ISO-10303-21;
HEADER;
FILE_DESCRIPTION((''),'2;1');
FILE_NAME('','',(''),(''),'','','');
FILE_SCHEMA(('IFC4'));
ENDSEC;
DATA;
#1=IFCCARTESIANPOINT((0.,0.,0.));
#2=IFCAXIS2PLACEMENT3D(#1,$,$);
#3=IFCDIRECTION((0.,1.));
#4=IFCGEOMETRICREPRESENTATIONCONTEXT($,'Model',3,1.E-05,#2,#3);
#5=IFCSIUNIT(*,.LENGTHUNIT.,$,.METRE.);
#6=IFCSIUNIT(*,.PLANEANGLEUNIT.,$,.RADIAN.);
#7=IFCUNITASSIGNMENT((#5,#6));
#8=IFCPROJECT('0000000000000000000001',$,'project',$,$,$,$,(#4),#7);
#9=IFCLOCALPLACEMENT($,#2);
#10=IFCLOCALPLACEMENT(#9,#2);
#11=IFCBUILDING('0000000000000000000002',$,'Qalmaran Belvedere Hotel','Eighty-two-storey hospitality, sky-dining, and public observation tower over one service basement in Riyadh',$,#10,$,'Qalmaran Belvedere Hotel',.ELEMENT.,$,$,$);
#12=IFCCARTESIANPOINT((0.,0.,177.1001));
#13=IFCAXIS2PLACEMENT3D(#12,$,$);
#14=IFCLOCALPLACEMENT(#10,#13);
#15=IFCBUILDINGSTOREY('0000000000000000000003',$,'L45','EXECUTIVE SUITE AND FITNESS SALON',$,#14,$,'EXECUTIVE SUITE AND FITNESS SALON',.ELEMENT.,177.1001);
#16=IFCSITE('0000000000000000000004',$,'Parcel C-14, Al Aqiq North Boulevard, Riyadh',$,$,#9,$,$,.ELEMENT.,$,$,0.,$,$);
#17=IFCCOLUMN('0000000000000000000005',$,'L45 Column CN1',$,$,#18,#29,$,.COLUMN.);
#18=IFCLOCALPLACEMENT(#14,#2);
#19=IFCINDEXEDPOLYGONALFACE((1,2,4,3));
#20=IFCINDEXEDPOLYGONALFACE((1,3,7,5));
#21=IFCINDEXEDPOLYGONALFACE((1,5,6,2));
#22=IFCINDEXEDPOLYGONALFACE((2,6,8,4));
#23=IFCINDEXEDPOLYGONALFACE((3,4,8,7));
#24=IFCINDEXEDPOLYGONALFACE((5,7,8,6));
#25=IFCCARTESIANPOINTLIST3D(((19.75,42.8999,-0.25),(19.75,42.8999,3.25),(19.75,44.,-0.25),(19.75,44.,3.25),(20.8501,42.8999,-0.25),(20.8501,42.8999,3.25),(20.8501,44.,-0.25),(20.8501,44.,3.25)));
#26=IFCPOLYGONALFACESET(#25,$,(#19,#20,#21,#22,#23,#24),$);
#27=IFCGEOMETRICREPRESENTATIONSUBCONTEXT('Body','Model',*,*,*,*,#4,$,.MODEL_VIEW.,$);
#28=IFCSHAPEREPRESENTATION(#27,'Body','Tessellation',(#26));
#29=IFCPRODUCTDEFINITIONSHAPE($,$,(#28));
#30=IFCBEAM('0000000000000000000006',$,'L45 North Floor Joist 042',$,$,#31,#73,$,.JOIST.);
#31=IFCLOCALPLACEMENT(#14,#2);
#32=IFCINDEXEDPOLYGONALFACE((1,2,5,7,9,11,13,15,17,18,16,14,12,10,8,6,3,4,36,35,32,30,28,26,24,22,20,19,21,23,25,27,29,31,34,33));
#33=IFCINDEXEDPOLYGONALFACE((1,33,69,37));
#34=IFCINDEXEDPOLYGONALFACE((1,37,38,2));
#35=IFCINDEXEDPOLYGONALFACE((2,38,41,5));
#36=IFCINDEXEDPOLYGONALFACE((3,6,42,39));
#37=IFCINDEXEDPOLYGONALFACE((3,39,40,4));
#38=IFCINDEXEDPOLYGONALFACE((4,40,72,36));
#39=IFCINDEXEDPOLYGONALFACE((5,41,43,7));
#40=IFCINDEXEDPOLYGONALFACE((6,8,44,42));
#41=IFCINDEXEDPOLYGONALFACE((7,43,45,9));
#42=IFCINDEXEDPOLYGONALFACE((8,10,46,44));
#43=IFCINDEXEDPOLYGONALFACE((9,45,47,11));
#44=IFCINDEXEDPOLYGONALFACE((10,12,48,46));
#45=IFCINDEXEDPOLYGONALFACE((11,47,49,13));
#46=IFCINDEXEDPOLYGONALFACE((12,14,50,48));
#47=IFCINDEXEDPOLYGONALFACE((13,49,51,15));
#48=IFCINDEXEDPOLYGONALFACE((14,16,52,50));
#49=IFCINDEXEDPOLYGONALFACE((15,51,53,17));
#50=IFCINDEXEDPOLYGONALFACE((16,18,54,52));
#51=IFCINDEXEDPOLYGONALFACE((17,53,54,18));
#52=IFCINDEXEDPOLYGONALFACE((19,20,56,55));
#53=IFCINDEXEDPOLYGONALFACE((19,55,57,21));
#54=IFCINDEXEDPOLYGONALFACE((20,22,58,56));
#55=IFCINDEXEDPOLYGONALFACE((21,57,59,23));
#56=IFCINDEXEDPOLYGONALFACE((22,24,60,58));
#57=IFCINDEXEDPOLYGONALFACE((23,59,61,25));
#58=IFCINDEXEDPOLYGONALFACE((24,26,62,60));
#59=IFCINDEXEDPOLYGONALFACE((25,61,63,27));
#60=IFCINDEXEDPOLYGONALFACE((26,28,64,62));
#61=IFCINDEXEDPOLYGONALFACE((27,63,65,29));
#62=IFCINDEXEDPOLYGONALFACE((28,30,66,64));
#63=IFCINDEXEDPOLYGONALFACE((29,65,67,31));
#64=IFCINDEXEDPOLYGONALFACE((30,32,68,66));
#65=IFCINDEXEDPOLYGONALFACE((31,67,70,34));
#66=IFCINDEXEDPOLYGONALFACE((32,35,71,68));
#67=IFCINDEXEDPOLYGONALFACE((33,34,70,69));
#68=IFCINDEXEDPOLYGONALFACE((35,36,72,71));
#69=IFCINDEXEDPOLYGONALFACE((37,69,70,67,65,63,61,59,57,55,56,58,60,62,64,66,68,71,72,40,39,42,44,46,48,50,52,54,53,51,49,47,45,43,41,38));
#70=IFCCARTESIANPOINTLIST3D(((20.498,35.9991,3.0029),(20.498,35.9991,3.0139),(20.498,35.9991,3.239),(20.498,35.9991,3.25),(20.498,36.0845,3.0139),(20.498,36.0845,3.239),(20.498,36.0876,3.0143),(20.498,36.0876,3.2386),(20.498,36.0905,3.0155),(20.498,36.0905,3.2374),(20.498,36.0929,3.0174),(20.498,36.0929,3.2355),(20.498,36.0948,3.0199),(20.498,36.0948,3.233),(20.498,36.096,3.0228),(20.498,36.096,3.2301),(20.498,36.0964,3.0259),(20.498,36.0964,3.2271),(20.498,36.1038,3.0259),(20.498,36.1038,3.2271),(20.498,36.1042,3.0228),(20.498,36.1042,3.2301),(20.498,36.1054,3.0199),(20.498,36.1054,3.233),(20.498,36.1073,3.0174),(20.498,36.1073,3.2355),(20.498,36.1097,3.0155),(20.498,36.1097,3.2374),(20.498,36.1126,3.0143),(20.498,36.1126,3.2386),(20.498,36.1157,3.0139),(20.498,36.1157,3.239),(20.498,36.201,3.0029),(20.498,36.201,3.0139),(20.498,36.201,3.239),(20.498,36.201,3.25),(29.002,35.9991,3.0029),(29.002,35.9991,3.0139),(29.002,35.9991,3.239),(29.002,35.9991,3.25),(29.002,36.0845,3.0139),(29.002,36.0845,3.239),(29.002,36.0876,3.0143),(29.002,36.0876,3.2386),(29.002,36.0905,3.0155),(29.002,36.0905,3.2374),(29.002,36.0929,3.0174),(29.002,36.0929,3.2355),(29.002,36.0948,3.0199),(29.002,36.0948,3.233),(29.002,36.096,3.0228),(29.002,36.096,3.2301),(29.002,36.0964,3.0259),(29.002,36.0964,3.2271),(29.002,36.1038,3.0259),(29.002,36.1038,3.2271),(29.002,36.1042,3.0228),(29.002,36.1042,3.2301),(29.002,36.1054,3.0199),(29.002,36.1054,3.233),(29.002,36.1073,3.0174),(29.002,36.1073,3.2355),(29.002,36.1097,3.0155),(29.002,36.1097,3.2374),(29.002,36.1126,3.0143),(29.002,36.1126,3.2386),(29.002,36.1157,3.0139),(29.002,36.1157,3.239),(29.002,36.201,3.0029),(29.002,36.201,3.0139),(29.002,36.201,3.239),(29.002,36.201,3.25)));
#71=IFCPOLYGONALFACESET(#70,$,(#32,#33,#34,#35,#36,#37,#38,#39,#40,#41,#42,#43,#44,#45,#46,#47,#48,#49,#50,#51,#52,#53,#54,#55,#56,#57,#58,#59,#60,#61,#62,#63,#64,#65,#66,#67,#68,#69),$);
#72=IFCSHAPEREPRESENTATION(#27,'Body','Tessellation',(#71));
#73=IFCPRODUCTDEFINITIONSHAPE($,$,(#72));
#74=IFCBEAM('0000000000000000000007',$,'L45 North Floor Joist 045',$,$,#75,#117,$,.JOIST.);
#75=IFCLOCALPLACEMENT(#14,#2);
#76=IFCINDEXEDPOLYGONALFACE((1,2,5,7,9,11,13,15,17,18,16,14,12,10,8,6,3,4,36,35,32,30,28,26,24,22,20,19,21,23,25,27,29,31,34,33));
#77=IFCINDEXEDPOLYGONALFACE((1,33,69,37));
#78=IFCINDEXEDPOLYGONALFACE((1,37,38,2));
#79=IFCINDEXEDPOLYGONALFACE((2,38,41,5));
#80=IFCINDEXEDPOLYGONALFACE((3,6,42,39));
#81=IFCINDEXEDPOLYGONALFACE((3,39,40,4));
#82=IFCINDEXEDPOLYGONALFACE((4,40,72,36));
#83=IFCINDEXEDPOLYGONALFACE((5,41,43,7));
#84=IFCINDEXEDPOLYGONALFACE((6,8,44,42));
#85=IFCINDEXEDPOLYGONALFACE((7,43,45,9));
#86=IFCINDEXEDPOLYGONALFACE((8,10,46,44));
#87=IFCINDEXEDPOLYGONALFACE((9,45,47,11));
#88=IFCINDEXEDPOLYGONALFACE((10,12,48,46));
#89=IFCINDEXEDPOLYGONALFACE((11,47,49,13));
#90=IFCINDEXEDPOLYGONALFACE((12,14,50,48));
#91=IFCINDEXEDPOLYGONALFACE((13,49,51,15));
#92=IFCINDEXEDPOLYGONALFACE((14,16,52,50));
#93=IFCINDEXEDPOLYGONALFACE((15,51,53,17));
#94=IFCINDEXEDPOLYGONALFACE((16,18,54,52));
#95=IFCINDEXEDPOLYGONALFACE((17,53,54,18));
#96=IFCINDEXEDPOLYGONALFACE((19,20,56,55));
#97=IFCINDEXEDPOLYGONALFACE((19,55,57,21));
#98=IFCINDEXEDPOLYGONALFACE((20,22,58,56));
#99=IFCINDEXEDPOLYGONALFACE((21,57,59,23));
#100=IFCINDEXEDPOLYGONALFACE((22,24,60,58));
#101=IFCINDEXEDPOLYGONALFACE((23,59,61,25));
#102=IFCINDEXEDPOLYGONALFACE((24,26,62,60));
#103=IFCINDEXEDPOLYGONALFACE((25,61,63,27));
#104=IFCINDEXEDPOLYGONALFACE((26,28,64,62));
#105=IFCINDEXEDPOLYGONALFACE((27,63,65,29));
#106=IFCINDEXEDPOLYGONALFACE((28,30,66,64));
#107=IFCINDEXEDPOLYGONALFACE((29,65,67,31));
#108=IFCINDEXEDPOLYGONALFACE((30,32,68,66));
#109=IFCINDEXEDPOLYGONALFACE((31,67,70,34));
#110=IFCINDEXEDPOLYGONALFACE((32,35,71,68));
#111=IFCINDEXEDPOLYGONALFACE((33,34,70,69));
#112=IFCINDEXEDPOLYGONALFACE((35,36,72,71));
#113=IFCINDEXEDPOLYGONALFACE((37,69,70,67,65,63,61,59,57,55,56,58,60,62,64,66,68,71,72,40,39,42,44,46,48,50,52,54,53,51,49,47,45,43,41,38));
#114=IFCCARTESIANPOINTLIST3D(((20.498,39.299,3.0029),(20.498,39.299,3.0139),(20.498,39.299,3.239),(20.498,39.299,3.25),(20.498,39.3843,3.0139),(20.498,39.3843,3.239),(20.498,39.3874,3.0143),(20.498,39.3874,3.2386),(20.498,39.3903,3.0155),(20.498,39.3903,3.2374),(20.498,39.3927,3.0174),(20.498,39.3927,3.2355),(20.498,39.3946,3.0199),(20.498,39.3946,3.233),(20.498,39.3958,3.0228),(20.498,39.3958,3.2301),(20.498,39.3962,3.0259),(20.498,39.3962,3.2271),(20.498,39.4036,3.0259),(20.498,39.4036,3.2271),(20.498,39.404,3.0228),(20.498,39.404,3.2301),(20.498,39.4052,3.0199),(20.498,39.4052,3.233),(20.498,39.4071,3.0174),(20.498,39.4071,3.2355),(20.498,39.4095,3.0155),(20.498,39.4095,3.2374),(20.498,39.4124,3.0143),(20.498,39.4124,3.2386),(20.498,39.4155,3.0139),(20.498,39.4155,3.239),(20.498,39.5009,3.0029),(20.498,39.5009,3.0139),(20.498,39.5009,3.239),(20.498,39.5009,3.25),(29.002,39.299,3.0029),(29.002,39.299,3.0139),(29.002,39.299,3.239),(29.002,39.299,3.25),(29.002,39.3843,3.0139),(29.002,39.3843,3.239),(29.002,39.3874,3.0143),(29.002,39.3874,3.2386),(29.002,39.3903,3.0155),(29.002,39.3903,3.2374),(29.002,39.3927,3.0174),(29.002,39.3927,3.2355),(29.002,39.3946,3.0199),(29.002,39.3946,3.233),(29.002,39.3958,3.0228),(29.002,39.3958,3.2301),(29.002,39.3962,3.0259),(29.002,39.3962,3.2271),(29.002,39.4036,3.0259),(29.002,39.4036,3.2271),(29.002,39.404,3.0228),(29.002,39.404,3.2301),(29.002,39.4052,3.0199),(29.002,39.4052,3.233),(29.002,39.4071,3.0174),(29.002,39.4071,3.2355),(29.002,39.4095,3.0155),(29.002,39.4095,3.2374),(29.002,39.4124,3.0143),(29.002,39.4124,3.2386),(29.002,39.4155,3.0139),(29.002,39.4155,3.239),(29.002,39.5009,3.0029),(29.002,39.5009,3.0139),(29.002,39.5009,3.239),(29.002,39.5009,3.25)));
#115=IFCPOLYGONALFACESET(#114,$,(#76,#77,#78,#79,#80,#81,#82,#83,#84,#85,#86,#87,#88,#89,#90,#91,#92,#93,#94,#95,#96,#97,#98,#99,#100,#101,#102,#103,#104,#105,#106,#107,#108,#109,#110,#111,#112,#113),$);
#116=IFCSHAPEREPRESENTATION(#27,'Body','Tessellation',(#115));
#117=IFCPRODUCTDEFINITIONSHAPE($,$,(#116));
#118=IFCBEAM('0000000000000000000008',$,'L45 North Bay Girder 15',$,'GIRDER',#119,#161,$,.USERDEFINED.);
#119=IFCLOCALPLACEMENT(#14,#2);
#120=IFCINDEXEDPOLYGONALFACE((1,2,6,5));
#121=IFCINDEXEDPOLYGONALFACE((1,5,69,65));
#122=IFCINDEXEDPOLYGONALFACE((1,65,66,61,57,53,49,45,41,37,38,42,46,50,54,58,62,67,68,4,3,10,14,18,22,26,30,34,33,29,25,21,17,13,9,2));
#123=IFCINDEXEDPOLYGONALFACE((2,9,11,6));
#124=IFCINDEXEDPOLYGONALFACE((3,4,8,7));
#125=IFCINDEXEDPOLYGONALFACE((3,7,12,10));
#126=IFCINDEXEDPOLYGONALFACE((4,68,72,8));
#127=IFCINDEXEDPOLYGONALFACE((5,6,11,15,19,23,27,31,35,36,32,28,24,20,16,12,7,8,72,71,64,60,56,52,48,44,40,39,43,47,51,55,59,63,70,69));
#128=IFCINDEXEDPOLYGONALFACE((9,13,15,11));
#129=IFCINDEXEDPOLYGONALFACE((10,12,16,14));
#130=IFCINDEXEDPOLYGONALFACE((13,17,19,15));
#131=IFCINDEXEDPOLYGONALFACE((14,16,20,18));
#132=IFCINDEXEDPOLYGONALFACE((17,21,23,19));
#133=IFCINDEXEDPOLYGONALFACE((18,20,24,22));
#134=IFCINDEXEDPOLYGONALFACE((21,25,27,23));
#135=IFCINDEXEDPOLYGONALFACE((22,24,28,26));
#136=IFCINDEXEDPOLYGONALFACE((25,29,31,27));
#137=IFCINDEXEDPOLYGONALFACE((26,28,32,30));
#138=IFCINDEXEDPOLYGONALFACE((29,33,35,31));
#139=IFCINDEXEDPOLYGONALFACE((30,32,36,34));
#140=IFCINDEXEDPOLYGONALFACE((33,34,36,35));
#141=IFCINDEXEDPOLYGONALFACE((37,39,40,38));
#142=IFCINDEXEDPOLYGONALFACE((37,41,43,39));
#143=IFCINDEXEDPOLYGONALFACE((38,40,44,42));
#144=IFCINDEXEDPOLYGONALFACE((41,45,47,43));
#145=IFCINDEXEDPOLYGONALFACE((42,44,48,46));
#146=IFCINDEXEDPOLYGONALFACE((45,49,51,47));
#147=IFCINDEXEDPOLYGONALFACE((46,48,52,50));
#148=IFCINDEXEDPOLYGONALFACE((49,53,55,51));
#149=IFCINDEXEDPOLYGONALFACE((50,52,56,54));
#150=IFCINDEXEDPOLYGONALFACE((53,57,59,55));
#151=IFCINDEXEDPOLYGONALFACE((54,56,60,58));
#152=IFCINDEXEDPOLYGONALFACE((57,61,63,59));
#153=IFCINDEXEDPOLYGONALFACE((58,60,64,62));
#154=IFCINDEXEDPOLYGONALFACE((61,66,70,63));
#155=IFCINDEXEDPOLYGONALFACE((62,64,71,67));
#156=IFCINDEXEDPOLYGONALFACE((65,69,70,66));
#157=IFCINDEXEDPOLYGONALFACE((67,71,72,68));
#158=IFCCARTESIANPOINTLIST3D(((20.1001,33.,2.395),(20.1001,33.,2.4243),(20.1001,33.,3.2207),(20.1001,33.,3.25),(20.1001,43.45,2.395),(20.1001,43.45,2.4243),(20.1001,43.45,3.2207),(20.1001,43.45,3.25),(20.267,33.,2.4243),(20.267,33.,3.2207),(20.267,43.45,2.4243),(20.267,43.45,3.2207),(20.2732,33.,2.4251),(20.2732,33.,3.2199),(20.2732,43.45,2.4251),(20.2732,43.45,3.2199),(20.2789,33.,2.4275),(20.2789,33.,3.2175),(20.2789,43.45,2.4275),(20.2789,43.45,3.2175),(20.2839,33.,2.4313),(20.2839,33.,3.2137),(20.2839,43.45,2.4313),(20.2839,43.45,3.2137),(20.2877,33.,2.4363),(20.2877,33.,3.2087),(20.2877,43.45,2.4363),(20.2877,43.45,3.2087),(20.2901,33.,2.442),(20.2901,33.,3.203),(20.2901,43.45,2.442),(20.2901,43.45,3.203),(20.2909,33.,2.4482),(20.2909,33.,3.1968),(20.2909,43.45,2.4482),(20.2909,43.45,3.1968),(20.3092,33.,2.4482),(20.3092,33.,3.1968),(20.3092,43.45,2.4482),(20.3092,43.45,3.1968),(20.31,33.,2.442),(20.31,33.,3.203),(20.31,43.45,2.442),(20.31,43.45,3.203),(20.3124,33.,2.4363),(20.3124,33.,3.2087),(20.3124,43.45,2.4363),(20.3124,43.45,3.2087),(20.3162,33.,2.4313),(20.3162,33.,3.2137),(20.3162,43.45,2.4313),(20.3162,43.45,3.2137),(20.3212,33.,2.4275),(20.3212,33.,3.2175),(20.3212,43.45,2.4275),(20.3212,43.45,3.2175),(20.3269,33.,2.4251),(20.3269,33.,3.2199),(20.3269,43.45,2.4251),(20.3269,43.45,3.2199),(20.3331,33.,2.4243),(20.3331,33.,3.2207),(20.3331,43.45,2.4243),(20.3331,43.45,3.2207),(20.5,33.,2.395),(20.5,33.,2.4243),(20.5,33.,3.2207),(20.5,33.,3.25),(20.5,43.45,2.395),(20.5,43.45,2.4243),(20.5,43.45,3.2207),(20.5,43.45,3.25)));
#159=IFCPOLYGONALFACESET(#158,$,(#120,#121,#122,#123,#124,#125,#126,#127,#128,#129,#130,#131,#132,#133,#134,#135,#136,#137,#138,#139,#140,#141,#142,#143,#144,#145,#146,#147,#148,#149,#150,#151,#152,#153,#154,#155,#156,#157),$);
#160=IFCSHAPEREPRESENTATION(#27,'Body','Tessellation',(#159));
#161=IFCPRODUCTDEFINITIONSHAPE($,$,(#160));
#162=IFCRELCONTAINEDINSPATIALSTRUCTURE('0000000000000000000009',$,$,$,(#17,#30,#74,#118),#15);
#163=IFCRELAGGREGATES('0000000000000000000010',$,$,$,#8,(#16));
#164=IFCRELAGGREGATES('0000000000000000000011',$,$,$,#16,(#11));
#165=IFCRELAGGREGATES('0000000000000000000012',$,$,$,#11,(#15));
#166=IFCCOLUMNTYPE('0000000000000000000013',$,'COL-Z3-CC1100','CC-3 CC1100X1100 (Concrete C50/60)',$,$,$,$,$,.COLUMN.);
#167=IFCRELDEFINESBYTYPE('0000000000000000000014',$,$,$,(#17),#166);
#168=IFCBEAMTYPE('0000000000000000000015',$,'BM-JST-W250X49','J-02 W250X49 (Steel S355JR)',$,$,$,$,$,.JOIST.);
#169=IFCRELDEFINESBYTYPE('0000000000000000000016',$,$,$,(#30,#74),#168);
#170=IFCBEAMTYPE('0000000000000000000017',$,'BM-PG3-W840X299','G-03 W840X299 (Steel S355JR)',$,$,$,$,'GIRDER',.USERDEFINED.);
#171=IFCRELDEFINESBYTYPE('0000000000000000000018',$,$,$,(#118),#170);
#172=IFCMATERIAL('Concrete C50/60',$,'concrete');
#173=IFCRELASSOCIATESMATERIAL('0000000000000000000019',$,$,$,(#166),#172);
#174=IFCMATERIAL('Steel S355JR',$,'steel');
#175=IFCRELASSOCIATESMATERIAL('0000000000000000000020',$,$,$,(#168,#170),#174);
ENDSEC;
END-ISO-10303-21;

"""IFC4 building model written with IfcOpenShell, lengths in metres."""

from ifc_helpers import new_model, si_unit, direction, frame, origin, origin_2d, place, context, subcontext, project, spatial, rectangle, i_section, extrude, material, material_profile, profile_set, type_object, element, save


model = new_model("IFC4")

# Units and contexts
model_context = context("Model", 3, precision=1e-05, world=origin(), true_north=direction((0.0, 1.0)))
body_context = subcontext(model_context, "Body", "Model", "MODEL_VIEW")
ifc_project = project(units=[si_unit("LENGTHUNIT", "METRE"), si_unit("PLANEANGLEUNIT", "RADIAN")], contexts=[model_context])

# Site, building, storey
site_placement = place(None, origin())
site = spatial("IfcSite", under=ifc_project, at=site_placement, Name="Parcel C-14, Al Aqiq North Boulevard, Riyadh", CompositionType="ELEMENT", RefElevation=0.0)
building_placement = place(site_placement, origin())
building = spatial("IfcBuilding", under=site, at=building_placement, Name="Qalmaran Belvedere Hotel", Description="Eighty-two-storey hospitality, sky-dining, and public observation tower over one service basement in Riyadh", LongName="Qalmaran Belvedere Hotel", CompositionType="ELEMENT")
storey_placement = place(building_placement, frame((0.0, 0.0, 177.1001)))
storey = spatial("IfcBuildingStorey", under=building, at=storey_placement, Name="L45", Description="EXECUTIVE SUITE AND FITNESS SALON", LongName="EXECUTIVE SUITE AND FITNESS SALON", CompositionType="ELEMENT", Elevation=177.1001)

# Column
ifc_material_1 = material(Name="Concrete C50/60", Category="concrete")
ifc_material_profile_1 = material_profile(ifc_material_1, rectangle(XDim=1.1001, YDim=1.1001, at=origin_2d()), Name="CC1100X1100")
ifc_profile_set_1 = profile_set([ifc_material_profile_1], Name="Concrete C50/60")
column_type = type_object("IfcColumnType", Name="COL-Z3-CC1100", Description="CC-3 CC1100X1100 (Concrete C50/60)", PredefinedType="COLUMN", material=ifc_profile_set_1)
column_placement = place(storey_placement, frame((20.3, 43.45, -0.25), z_axis=(0.0, 0.0, 1.0), x_axis=(1.0, 0.0, 0.0)))
element("IfcColumn", 1, at=column_placement, inside=storey, type_object=column_type, Name="L45 Column CN1", PredefinedType="COLUMN", context=body_context, shape_type="SweptSolid", body=[
    extrude(rectangle(XDim=1.1001, YDim=1.1001, at=origin_2d()), origin(), (0.0, 0.0, 1.0), 3.5),
])

# Beams
ifc_material_2 = material(Name="Steel S355JR", Category="steel")
ifc_material_profile_2 = material_profile(ifc_material_2, i_section(OverallWidth=0.2019, OverallDepth=0.2471, WebThickness=0.0073, FlangeThickness=0.011, FilletRadius=0.012, at=origin_2d()), Name="W250X49")
ifc_profile_set_2 = profile_set([ifc_material_profile_2], Name="Steel S355JR")
beam_type_1 = type_object("IfcBeamType", Name="BM-JST-W250X49", Description="J-02 W250X49 (Steel S355JR)", PredefinedType="JOIST", material=ifc_profile_set_2)
for number, where, z_axis, x_axis, name in (
    (2, (20.498, 36.1001, 3.1265), (1.0, 0.0, 0.0), (0.0, 1.0, 0.0), "L45 North Floor Joist 042"),
    (3, (20.498, 39.3999, 3.1265), (1.0, 0.0, 0.0), (0.0, 1.0, 0.0), "L45 North Floor Joist 045"),
):
    element("IfcBeam", number, at=place(storey_placement, frame(where, z_axis=z_axis, x_axis=x_axis)), inside=storey, type_object=beam_type_1, Name=name, PredefinedType="JOIST", context=body_context, shape_type="SweptSolid", body=[
        extrude(i_section(OverallWidth=0.2019, OverallDepth=0.2471, WebThickness=0.0073, FlangeThickness=0.011, FilletRadius=0.012, at=origin_2d()), origin(), (0.0, 0.0, 1.0), 8.5039),
    ])
ifc_material_profile_3 = material_profile(ifc_material_2, i_section(OverallWidth=0.3999, OverallDepth=0.855, WebThickness=0.0183, FlangeThickness=0.0293, FilletRadius=0.0239, at=origin_2d()), Name="W840X299")
ifc_profile_set_3 = profile_set([ifc_material_profile_3], Name="Steel S355JR")
beam_type_2 = type_object("IfcBeamType", Name="BM-PG3-W840X299", Description="G-03 W840X299 (Steel S355JR)", ElementType="GIRDER", PredefinedType="USERDEFINED", material=ifc_profile_set_3)
beam_1_placement = place(storey_placement, frame((20.3, 33.0, 2.8225), z_axis=(0.0, 1.0, 0.0), x_axis=(-1.0, 0.0, 0.0)))
element("IfcBeam", 4, at=beam_1_placement, inside=storey, type_object=beam_type_2, Name="L45 North Bay Girder 15", ObjectType="GIRDER", PredefinedType="USERDEFINED", context=body_context, shape_type="SweptSolid", body=[
    extrude(i_section(OverallWidth=0.3999, OverallDepth=0.855, WebThickness=0.0183, FlangeThickness=0.0293, FilletRadius=0.0239, at=origin_2d()), origin(), (0.0, 0.0, 1.0), 10.45),
])

save(model, "model.ifc")
